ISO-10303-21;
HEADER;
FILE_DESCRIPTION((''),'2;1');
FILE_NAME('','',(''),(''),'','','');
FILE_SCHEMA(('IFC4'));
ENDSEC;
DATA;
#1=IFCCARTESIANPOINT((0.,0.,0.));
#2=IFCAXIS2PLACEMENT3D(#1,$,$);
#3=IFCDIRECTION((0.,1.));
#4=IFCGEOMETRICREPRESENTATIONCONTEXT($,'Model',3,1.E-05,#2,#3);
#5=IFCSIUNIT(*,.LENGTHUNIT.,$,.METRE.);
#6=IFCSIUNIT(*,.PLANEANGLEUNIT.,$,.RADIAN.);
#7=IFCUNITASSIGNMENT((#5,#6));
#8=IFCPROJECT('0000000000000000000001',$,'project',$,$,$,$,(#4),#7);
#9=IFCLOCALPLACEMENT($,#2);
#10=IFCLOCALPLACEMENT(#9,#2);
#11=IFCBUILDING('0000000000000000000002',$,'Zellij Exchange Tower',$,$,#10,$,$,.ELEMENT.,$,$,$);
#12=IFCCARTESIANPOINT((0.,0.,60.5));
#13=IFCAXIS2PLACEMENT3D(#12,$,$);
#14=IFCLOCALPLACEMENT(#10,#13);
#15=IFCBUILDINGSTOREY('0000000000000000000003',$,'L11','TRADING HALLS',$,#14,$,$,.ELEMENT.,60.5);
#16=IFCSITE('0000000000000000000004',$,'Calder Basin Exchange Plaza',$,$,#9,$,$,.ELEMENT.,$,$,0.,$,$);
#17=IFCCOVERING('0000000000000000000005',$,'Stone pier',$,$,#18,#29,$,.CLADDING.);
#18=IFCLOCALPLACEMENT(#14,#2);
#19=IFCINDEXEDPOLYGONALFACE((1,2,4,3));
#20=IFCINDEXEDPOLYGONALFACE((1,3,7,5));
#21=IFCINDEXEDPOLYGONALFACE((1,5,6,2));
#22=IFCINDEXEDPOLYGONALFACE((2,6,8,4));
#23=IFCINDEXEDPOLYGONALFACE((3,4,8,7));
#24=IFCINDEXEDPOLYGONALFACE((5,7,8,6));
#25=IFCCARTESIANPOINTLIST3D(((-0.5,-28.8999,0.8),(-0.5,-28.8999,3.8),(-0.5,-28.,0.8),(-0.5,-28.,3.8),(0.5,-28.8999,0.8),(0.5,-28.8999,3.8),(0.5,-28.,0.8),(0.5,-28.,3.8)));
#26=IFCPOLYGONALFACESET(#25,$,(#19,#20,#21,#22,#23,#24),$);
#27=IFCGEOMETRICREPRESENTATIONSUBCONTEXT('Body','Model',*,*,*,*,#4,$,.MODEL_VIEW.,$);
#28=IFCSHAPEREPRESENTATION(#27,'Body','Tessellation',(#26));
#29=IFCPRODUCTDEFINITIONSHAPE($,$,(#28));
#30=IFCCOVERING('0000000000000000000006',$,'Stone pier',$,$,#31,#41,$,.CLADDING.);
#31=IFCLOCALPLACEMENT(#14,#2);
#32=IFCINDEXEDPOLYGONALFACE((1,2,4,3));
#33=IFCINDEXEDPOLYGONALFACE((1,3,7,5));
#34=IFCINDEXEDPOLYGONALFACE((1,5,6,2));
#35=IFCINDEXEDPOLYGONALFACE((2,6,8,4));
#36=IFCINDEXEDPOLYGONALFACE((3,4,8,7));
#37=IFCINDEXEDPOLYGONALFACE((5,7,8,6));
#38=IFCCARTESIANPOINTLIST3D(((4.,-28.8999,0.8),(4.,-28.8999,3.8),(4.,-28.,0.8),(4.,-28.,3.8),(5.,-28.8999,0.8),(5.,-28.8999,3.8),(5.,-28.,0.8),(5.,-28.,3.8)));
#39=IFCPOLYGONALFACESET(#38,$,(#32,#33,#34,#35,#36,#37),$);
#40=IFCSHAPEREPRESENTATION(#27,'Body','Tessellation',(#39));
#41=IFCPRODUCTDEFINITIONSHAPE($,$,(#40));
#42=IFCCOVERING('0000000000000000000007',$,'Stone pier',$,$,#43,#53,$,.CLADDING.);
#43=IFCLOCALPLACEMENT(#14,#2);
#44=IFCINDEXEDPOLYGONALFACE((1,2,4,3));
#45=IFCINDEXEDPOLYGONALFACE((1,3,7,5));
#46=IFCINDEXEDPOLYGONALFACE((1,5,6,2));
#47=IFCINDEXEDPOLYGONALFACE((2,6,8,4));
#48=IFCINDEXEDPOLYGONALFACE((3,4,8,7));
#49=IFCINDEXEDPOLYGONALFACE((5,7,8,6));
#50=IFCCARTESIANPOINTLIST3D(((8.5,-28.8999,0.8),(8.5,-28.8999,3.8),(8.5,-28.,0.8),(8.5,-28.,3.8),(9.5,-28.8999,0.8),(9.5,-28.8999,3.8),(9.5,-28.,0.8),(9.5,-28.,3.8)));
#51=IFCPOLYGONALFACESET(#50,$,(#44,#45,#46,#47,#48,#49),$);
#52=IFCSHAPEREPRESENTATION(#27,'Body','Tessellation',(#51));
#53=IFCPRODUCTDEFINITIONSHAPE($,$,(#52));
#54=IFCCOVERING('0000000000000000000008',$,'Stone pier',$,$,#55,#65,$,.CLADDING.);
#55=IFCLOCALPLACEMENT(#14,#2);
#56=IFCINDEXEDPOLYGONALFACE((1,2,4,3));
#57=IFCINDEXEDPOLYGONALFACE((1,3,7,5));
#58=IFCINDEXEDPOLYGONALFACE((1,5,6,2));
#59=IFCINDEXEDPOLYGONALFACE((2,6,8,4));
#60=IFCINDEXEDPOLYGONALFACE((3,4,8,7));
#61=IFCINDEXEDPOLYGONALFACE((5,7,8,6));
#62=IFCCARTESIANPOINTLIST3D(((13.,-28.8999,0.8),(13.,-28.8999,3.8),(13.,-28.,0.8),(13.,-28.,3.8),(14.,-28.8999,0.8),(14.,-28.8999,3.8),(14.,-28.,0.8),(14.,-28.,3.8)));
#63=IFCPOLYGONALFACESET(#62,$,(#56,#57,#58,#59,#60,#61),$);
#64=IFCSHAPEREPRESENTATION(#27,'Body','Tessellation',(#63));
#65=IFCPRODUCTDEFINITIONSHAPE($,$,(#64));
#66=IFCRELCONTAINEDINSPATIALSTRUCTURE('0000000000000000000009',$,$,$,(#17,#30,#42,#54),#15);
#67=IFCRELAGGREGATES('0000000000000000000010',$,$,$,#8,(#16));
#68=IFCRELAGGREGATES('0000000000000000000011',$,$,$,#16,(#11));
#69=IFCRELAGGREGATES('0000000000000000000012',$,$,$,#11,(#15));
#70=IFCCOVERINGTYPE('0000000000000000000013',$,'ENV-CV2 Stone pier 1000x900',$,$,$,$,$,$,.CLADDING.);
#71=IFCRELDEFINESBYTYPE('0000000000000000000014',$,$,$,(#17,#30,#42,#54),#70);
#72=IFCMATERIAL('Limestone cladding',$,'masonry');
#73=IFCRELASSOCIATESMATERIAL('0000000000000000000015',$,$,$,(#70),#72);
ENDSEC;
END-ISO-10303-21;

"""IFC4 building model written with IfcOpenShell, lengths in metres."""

from ifc_helpers import new_model, si_unit, direction, frame, origin, place, context, subcontext, project, spatial, polyline, outline, extrude, material, type_object, element, save


model = new_model("IFC4")

# Units and contexts
model_context = context("Model", 3, precision=1e-05, world=origin(), true_north=direction((0.0, 1.0)))
body_context = subcontext(model_context, "Body", "Model", "MODEL_VIEW")
ifc_project = project(units=[si_unit("LENGTHUNIT", "METRE"), si_unit("PLANEANGLEUNIT", "RADIAN")], contexts=[model_context])

# Site, building, storey
site_placement = place(None, origin())
site = spatial("IfcSite", under=ifc_project, at=site_placement, Name="Calder Basin Exchange Plaza", CompositionType="ELEMENT", RefElevation=0.0)
building_placement = place(site_placement, origin())
building = spatial("IfcBuilding", under=site, at=building_placement, Name="Zellij Exchange Tower", CompositionType="ELEMENT")
storey_placement = place(building_placement, frame((0.0, 0.0, 60.5)))
storey = spatial("IfcBuildingStorey", under=building, at=storey_placement, Name="L11", Description="TRADING HALLS", CompositionType="ELEMENT", Elevation=60.5)

# Coverings
ifc_material_1 = material(Name="Limestone cladding", Category="masonry")
covering_type = type_object("IfcCoveringType", Name="ENV-CV2 Stone pier 1000x900", PredefinedType="CLADDING", material=ifc_material_1)
covering_1_placement = place(storey_placement, frame((0.0, 0.0, 0.8)))
element("IfcCovering", 1, at=covering_1_placement, inside=storey, type_object=covering_type, Name="Stone pier", PredefinedType="CLADDING", context=body_context, shape_type="SweptSolid", body=[
    extrude(outline(polyline([(-0.5, -28.0), (0.5, -28.0), (0.5, -28.8999), (-0.5, -28.8999), (-0.5, -28.0)])), origin(), (0.0, 0.0, 1.0), 3.0),
])
covering_2_placement = place(storey_placement, frame((0.0, 0.0, 0.8)))
element("IfcCovering", 2, at=covering_2_placement, inside=storey, type_object=covering_type, Name="Stone pier", PredefinedType="CLADDING", context=body_context, shape_type="SweptSolid", body=[
    extrude(outline(polyline([(4.0, -28.0), (5.0, -28.0), (5.0, -28.8999), (4.0, -28.8999), (4.0, -28.0)])), origin(), (0.0, 0.0, 1.0), 3.0),
])
covering_3_placement = place(storey_placement, frame((0.0, 0.0, 0.8)))
element("IfcCovering", 3, at=covering_3_placement, inside=storey, type_object=covering_type, Name="Stone pier", PredefinedType="CLADDING", context=body_context, shape_type="SweptSolid", body=[
    extrude(outline(polyline([(8.5, -28.0), (9.5, -28.0), (9.5, -28.8999), (8.5, -28.8999), (8.5, -28.0)])), origin(), (0.0, 0.0, 1.0), 3.0),
])
covering_4_placement = place(storey_placement, frame((0.0, 0.0, 0.8)))
element("IfcCovering", 4, at=covering_4_placement, inside=storey, type_object=covering_type, Name="Stone pier", PredefinedType="CLADDING", context=body_context, shape_type="SweptSolid", body=[
    extrude(outline(polyline([(13.0, -28.0), (14.0, -28.0), (14.0, -28.8999), (13.0, -28.8999), (13.0, -28.0)])), origin(), (0.0, 0.0, 1.0), 3.0),
])

save(model, "model.ifc")
